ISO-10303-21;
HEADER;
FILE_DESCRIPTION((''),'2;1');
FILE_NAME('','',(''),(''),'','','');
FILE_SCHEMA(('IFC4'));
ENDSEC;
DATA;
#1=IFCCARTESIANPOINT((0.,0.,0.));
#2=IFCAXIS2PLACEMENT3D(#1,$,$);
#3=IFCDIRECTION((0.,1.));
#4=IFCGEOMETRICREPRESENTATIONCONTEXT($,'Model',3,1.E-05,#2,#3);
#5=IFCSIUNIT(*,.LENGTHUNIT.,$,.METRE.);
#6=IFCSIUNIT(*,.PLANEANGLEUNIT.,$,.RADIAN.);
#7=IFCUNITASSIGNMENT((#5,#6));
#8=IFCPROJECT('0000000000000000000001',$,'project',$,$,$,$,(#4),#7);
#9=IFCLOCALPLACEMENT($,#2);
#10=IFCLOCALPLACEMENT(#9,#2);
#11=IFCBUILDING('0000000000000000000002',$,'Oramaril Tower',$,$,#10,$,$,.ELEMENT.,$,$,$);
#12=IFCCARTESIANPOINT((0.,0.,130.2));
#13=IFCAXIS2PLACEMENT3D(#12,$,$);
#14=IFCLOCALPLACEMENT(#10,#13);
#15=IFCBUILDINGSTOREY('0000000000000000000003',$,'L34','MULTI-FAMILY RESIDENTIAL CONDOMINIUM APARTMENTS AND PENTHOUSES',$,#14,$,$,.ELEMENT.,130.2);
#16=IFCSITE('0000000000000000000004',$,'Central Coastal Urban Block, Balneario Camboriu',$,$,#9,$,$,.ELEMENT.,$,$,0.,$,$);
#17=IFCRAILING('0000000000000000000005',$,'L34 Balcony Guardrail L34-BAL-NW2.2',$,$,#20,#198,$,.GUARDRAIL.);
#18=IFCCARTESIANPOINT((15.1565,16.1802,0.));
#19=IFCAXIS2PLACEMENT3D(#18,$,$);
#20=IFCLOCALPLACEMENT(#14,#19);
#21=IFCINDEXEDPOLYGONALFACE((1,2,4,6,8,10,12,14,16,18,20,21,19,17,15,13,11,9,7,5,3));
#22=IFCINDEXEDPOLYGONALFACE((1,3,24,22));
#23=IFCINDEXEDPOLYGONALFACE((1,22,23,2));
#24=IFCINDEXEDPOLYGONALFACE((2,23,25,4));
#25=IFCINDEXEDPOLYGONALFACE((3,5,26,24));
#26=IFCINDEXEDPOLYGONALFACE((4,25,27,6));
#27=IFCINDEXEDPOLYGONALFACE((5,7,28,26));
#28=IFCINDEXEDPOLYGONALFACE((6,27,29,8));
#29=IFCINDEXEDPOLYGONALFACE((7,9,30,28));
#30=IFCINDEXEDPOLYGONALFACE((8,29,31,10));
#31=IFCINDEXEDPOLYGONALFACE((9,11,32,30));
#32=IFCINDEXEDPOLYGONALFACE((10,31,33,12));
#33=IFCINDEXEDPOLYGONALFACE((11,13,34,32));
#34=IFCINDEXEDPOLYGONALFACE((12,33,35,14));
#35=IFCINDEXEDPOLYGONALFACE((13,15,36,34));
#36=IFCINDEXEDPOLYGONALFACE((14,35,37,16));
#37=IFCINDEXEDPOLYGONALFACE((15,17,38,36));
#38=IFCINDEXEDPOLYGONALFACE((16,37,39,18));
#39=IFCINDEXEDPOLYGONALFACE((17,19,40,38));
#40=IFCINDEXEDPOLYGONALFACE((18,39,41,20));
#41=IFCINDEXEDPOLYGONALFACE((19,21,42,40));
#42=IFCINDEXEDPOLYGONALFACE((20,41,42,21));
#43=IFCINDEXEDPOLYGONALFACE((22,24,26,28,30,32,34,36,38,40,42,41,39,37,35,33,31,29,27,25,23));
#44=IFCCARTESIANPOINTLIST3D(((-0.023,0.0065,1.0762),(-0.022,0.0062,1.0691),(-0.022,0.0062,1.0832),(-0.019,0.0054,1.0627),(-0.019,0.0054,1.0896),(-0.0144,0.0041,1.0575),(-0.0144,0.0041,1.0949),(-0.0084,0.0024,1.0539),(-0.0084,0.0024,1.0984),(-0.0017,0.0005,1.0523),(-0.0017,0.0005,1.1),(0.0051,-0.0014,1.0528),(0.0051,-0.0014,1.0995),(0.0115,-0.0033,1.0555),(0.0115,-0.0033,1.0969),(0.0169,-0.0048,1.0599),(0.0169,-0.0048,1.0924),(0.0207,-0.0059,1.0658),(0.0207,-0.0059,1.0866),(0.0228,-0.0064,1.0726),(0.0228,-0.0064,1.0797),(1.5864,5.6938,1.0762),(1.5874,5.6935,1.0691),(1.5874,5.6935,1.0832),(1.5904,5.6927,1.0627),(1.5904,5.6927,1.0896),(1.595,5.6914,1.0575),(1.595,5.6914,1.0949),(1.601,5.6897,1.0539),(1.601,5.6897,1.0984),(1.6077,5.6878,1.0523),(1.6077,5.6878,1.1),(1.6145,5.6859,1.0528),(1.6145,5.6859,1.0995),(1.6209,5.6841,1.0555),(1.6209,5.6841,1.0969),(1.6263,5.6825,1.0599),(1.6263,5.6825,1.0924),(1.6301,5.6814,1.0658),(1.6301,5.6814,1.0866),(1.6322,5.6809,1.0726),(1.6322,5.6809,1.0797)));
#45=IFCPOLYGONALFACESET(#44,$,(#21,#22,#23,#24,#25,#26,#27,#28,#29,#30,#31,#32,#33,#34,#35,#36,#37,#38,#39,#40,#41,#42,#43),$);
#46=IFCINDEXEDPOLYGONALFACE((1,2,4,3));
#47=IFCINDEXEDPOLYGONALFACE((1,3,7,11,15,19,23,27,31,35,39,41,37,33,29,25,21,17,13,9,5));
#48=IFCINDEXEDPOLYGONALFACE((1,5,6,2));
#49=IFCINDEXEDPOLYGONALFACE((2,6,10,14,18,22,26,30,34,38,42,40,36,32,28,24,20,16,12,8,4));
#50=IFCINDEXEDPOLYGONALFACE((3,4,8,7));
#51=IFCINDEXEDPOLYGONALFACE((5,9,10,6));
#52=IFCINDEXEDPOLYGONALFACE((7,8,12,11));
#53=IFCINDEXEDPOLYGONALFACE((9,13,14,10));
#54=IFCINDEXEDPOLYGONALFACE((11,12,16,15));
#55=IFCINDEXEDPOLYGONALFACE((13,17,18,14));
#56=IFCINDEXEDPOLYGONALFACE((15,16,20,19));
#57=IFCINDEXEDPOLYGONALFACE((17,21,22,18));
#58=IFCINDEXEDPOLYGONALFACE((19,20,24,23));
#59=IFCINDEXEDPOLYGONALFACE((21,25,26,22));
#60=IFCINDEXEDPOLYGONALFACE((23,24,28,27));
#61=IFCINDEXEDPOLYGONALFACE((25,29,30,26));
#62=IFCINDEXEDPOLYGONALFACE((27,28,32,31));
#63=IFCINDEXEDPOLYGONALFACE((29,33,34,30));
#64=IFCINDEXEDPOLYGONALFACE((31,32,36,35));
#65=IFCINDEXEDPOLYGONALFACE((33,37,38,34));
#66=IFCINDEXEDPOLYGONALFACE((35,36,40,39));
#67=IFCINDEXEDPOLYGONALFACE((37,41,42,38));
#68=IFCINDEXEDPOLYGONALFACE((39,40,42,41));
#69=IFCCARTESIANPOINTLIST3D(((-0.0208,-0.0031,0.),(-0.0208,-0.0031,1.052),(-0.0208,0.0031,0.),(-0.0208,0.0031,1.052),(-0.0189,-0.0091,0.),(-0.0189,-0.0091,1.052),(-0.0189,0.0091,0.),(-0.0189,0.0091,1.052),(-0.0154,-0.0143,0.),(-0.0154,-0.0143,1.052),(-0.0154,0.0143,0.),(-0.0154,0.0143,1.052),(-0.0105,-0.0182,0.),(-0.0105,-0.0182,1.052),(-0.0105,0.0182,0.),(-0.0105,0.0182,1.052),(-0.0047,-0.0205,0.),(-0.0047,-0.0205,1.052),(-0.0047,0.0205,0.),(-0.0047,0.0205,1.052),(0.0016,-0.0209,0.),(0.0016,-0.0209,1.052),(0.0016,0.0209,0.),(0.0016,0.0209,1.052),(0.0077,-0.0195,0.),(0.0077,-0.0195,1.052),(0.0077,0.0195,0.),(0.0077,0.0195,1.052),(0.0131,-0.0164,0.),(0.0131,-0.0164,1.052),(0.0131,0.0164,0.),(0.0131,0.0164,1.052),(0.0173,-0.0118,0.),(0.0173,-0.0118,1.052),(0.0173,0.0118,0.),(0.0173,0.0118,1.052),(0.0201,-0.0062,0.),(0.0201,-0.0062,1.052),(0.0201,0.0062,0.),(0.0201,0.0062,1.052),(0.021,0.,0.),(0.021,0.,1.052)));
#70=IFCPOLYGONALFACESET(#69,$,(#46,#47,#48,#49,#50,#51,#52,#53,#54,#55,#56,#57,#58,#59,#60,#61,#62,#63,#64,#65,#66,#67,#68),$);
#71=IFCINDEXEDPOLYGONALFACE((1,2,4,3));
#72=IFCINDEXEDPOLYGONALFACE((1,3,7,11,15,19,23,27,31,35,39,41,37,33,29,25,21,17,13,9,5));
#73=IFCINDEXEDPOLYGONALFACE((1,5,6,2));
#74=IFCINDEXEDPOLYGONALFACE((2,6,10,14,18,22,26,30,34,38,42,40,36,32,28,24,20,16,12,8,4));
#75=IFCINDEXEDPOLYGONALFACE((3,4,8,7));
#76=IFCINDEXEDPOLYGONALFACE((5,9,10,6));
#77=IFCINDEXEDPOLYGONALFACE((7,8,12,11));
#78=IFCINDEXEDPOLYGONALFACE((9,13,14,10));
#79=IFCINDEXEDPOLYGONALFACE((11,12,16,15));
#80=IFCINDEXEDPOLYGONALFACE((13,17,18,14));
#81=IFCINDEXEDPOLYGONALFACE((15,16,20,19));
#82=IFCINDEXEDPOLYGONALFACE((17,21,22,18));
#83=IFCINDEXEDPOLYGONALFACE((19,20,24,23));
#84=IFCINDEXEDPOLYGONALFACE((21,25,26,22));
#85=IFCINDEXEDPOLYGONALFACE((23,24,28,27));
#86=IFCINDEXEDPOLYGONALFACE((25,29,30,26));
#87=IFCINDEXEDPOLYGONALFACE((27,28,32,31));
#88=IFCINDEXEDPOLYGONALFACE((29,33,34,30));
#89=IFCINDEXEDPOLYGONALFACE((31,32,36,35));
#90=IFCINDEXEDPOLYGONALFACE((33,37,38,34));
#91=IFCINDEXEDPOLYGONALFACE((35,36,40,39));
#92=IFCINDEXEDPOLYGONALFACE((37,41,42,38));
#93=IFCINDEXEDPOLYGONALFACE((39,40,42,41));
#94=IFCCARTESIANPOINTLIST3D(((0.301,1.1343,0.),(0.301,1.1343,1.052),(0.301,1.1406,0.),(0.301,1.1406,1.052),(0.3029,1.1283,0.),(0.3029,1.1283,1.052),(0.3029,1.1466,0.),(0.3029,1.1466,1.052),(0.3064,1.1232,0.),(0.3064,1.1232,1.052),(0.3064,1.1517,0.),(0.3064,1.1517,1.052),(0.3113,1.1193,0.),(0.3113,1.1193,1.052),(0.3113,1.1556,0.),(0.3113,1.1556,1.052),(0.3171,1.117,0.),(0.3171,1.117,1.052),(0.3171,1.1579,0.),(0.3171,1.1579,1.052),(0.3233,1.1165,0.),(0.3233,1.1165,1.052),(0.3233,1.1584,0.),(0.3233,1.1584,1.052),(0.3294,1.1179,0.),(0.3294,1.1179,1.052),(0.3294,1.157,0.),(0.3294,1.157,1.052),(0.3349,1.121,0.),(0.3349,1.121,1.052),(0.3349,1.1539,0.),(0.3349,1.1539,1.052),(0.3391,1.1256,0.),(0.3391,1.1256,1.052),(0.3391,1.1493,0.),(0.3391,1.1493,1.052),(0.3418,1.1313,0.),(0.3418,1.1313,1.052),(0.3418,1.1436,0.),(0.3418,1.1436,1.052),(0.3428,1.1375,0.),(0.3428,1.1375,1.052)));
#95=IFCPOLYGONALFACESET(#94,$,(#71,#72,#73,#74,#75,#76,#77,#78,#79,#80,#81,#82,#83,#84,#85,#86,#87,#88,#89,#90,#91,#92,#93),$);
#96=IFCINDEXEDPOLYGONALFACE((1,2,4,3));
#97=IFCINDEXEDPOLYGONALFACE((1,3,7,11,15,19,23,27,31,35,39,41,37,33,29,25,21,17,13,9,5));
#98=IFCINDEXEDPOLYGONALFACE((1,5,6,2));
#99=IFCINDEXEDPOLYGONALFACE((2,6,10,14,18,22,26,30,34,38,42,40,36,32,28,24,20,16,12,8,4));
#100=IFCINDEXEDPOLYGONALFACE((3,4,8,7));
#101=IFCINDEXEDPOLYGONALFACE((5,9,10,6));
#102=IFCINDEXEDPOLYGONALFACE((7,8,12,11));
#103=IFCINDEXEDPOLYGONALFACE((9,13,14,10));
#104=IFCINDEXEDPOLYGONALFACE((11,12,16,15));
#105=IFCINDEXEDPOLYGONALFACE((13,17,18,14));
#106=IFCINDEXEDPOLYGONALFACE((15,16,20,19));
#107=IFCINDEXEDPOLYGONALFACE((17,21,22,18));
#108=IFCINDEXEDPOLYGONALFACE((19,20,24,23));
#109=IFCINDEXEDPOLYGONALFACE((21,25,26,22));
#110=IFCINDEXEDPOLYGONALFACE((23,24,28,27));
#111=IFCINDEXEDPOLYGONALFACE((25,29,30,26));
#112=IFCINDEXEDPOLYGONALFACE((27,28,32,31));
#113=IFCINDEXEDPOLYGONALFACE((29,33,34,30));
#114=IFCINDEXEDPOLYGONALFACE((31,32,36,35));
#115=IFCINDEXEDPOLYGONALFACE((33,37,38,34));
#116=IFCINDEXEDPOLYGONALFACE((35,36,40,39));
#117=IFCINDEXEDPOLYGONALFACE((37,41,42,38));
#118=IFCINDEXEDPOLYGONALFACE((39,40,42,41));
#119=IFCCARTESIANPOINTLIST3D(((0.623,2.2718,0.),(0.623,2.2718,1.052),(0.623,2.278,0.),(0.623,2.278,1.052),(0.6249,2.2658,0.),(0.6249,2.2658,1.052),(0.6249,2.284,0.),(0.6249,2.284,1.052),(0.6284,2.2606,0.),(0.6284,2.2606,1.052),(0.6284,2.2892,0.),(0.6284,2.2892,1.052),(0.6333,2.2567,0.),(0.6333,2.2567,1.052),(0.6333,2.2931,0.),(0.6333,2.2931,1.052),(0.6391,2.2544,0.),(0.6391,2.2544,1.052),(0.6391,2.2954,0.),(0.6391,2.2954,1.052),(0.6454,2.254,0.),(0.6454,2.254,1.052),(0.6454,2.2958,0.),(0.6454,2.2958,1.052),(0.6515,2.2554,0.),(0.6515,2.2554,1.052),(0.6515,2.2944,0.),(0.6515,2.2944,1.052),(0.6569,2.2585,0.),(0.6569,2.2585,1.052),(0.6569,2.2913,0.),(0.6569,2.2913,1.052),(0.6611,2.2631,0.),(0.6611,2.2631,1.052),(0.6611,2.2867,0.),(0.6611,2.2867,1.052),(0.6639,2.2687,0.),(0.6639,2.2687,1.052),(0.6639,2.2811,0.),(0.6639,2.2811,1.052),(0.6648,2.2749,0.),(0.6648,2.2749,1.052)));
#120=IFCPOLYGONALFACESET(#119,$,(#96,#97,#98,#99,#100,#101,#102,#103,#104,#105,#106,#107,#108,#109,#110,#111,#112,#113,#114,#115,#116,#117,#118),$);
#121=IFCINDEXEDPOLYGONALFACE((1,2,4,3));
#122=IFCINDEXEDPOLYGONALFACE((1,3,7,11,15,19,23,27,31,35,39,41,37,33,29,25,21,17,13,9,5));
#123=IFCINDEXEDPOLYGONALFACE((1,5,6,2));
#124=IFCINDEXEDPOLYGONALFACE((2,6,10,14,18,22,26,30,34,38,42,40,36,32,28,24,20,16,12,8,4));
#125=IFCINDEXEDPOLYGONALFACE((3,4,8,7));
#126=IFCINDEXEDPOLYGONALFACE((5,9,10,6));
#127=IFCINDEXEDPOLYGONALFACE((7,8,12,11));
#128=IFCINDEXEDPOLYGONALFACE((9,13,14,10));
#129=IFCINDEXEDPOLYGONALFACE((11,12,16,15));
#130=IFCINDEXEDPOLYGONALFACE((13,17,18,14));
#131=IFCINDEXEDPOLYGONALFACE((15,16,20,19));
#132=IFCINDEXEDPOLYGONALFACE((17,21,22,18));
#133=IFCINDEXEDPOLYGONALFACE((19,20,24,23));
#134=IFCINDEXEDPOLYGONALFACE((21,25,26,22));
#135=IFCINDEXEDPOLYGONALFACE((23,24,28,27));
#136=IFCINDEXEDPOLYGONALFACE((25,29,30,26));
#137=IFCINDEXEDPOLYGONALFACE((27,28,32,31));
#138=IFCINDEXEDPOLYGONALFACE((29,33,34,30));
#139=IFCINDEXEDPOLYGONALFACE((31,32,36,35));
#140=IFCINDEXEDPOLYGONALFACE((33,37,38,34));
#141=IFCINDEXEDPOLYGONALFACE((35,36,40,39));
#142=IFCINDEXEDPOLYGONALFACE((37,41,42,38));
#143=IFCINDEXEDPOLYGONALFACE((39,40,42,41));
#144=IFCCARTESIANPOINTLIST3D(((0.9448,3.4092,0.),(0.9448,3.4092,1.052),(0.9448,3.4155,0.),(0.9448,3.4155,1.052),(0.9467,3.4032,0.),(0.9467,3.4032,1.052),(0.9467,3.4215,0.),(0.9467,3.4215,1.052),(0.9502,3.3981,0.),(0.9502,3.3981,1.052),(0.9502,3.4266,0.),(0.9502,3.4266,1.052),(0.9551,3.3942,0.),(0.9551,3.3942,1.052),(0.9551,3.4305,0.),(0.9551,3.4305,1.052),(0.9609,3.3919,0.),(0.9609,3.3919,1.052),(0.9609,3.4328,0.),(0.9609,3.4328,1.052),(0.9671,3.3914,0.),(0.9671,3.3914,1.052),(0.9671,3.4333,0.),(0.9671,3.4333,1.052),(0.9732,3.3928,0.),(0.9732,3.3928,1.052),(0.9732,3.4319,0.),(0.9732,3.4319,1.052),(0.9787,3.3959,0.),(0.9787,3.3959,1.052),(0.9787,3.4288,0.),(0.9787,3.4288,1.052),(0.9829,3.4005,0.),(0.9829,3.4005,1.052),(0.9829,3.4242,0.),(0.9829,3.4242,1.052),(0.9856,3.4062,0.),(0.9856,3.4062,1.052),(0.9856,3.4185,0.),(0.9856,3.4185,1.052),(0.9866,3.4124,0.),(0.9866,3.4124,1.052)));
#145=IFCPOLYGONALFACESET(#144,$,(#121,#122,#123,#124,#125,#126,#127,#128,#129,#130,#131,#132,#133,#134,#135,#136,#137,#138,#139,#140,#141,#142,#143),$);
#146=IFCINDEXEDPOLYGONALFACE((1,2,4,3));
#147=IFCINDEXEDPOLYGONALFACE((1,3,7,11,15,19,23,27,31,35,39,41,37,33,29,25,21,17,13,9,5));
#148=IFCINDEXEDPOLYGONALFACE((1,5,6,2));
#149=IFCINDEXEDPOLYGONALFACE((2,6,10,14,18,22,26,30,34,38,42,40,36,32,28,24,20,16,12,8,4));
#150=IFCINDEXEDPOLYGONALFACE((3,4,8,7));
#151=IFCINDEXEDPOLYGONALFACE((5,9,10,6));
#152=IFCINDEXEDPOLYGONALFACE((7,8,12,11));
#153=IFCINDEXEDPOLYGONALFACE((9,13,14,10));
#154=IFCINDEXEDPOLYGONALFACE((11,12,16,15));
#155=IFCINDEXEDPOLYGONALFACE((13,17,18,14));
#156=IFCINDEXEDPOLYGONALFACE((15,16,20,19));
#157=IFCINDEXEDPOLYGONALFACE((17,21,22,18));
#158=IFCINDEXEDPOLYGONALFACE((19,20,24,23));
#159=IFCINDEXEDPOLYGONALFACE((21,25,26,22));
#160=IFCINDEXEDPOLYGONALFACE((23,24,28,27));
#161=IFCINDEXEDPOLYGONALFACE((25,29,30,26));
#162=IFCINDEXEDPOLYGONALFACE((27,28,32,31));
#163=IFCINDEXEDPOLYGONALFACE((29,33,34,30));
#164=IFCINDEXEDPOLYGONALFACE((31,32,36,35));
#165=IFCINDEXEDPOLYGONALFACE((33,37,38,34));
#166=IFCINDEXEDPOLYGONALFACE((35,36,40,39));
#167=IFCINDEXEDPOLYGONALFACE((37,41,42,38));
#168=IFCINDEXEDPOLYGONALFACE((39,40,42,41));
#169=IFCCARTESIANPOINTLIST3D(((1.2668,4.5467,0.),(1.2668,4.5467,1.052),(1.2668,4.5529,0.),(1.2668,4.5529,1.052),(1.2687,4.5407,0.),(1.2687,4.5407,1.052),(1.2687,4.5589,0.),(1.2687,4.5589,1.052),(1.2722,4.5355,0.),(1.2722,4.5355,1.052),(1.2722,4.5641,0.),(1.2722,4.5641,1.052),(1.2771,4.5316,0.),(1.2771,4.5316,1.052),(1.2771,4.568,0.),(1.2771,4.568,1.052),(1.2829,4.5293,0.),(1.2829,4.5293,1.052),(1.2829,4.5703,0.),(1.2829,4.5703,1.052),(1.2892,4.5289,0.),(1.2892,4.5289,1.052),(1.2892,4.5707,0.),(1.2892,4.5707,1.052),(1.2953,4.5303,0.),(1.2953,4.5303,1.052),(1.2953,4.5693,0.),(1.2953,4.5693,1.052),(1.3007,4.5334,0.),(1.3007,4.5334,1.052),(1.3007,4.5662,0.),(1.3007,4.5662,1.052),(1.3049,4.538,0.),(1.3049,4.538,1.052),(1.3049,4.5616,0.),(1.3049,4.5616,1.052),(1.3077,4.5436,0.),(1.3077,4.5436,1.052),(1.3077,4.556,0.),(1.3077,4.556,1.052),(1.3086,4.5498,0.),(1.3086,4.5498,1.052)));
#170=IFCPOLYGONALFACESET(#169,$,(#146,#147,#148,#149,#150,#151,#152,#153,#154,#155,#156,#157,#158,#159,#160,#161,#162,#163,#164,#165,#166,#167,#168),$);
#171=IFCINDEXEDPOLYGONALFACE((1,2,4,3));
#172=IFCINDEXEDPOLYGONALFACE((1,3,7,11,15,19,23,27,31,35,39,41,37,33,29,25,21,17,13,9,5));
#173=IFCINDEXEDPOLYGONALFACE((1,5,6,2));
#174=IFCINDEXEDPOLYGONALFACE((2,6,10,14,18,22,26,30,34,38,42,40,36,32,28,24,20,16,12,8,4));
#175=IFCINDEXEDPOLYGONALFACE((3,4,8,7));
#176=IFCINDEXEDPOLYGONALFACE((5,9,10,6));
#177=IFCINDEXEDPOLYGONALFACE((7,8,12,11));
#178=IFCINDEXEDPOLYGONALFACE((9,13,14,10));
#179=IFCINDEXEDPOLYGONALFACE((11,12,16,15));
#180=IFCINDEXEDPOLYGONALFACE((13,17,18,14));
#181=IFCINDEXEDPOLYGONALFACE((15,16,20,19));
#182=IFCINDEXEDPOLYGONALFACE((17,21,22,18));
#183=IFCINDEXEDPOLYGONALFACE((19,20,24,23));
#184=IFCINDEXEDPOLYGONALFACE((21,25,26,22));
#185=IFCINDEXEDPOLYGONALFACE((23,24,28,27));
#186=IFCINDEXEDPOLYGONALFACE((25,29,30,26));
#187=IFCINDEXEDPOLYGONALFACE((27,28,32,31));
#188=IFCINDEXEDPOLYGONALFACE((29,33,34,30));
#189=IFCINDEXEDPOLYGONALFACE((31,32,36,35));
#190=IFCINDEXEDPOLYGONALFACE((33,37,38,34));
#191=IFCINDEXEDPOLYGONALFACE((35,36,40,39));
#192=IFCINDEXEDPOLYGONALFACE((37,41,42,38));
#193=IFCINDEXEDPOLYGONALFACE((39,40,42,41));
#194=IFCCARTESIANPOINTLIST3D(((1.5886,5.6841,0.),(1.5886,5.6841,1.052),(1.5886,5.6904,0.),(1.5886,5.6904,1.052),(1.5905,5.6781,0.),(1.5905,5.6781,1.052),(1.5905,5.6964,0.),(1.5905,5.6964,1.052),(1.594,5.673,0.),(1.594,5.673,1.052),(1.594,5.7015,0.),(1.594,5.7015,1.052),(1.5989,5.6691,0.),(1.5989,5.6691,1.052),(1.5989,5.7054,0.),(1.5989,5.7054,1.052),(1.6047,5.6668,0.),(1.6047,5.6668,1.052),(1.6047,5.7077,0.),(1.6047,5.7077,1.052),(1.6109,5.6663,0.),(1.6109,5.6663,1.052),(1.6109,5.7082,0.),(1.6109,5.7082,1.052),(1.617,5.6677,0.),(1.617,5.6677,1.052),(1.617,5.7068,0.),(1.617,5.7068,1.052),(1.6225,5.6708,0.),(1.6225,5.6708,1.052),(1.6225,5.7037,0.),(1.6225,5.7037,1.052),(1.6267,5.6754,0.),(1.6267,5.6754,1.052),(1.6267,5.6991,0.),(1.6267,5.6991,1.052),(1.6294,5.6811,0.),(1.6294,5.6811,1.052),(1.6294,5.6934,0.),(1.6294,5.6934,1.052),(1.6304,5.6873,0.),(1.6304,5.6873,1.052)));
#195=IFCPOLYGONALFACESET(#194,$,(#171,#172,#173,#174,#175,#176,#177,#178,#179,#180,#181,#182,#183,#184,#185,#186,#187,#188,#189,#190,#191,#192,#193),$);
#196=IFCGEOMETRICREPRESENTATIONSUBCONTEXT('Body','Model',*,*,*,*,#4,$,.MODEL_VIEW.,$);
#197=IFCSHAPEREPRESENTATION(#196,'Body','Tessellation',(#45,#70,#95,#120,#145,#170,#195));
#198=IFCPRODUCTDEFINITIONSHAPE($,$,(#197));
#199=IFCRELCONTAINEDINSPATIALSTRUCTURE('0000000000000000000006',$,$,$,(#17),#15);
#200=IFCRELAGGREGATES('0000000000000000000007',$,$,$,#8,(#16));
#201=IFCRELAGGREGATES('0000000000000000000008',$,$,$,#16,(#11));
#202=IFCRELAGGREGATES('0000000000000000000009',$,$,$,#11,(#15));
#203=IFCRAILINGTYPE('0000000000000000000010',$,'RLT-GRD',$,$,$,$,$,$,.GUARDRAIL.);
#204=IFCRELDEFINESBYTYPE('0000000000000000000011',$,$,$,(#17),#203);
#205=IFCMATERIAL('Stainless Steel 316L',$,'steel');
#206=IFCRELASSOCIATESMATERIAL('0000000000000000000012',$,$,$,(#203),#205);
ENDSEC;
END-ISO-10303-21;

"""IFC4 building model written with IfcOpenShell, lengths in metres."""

from ifc_helpers import new_model, si_unit, direction, frame, origin, origin_2d, place, context, subcontext, project, spatial, circle, extrude, material, type_object, element, save


model = new_model("IFC4")

# Units and contexts
model_context = context("Model", 3, precision=1e-05, world=origin(), true_north=direction((0.0, 1.0)))
body_context = subcontext(model_context, "Body", "Model", "MODEL_VIEW")
ifc_project = project(units=[si_unit("LENGTHUNIT", "METRE"), si_unit("PLANEANGLEUNIT", "RADIAN")], contexts=[model_context])

# Site, building, storey
site_placement = place(None, origin())
site = spatial("IfcSite", under=ifc_project, at=site_placement, Name="Central Coastal Urban Block, Balneario Camboriu", CompositionType="ELEMENT", RefElevation=0.0)
building_placement = place(site_placement, origin())
building = spatial("IfcBuilding", under=site, at=building_placement, Name="Oramaril Tower", CompositionType="ELEMENT")
storey_placement = place(building_placement, frame((0.0, 0.0, 130.2)))
storey = spatial("IfcBuildingStorey", under=building, at=storey_placement, Name="L34", Description="MULTI-FAMILY RESIDENTIAL CONDOMINIUM APARTMENTS AND PENTHOUSES", CompositionType="ELEMENT", Elevation=130.2)

# Railing
ifc_material_1 = material(Name="Stainless Steel 316L", Category="steel")
railing_type = type_object("IfcRailingType", Name="RLT-GRD", PredefinedType="GUARDRAIL", material=ifc_material_1)
railing_1_placement = place(storey_placement, frame((15.1565, 16.1802, 0.0)))
element("IfcRailing", 1, at=railing_1_placement, inside=storey, type_object=railing_type, Name="L34 Balcony Guardrail L34-BAL-NW2.2", PredefinedType="GUARDRAIL", context=body_context, shape_type="SweptSolid", body=[
    extrude(circle(Radius=0.0239, at=origin_2d()), frame((0.0, 0.0, 1.0762), z_axis=(0.272287, 0.962216, 0.0), x_axis=(-0.962216, 0.272287, 0.0)), (0.0, 0.0, 1.0), 5.9106),
    extrude(circle(Radius=0.021, at=origin_2d()), origin(), (0.0, 0.0, 1.0), 1.052),
    extrude(circle(Radius=0.021, at=origin_2d()), frame((0.3218, 1.1375, 0.0)), (0.0, 0.0, 1.0), 1.052),
    extrude(circle(Radius=0.021, at=origin_2d()), frame((0.6438, 2.2749, 0.0)), (0.0, 0.0, 1.0), 1.052),
    extrude(circle(Radius=0.021, at=origin_2d()), frame((0.9656, 3.4124, 0.0)), (0.0, 0.0, 1.0), 1.052),
    extrude(circle(Radius=0.021, at=origin_2d()), frame((1.2876, 4.5498, 0.0)), (0.0, 0.0, 1.0), 1.052),
    extrude(circle(Radius=0.021, at=origin_2d()), frame((1.6094, 5.6873, 0.0)), (0.0, 0.0, 1.0), 1.052),
])

save(model, "model.ifc")
